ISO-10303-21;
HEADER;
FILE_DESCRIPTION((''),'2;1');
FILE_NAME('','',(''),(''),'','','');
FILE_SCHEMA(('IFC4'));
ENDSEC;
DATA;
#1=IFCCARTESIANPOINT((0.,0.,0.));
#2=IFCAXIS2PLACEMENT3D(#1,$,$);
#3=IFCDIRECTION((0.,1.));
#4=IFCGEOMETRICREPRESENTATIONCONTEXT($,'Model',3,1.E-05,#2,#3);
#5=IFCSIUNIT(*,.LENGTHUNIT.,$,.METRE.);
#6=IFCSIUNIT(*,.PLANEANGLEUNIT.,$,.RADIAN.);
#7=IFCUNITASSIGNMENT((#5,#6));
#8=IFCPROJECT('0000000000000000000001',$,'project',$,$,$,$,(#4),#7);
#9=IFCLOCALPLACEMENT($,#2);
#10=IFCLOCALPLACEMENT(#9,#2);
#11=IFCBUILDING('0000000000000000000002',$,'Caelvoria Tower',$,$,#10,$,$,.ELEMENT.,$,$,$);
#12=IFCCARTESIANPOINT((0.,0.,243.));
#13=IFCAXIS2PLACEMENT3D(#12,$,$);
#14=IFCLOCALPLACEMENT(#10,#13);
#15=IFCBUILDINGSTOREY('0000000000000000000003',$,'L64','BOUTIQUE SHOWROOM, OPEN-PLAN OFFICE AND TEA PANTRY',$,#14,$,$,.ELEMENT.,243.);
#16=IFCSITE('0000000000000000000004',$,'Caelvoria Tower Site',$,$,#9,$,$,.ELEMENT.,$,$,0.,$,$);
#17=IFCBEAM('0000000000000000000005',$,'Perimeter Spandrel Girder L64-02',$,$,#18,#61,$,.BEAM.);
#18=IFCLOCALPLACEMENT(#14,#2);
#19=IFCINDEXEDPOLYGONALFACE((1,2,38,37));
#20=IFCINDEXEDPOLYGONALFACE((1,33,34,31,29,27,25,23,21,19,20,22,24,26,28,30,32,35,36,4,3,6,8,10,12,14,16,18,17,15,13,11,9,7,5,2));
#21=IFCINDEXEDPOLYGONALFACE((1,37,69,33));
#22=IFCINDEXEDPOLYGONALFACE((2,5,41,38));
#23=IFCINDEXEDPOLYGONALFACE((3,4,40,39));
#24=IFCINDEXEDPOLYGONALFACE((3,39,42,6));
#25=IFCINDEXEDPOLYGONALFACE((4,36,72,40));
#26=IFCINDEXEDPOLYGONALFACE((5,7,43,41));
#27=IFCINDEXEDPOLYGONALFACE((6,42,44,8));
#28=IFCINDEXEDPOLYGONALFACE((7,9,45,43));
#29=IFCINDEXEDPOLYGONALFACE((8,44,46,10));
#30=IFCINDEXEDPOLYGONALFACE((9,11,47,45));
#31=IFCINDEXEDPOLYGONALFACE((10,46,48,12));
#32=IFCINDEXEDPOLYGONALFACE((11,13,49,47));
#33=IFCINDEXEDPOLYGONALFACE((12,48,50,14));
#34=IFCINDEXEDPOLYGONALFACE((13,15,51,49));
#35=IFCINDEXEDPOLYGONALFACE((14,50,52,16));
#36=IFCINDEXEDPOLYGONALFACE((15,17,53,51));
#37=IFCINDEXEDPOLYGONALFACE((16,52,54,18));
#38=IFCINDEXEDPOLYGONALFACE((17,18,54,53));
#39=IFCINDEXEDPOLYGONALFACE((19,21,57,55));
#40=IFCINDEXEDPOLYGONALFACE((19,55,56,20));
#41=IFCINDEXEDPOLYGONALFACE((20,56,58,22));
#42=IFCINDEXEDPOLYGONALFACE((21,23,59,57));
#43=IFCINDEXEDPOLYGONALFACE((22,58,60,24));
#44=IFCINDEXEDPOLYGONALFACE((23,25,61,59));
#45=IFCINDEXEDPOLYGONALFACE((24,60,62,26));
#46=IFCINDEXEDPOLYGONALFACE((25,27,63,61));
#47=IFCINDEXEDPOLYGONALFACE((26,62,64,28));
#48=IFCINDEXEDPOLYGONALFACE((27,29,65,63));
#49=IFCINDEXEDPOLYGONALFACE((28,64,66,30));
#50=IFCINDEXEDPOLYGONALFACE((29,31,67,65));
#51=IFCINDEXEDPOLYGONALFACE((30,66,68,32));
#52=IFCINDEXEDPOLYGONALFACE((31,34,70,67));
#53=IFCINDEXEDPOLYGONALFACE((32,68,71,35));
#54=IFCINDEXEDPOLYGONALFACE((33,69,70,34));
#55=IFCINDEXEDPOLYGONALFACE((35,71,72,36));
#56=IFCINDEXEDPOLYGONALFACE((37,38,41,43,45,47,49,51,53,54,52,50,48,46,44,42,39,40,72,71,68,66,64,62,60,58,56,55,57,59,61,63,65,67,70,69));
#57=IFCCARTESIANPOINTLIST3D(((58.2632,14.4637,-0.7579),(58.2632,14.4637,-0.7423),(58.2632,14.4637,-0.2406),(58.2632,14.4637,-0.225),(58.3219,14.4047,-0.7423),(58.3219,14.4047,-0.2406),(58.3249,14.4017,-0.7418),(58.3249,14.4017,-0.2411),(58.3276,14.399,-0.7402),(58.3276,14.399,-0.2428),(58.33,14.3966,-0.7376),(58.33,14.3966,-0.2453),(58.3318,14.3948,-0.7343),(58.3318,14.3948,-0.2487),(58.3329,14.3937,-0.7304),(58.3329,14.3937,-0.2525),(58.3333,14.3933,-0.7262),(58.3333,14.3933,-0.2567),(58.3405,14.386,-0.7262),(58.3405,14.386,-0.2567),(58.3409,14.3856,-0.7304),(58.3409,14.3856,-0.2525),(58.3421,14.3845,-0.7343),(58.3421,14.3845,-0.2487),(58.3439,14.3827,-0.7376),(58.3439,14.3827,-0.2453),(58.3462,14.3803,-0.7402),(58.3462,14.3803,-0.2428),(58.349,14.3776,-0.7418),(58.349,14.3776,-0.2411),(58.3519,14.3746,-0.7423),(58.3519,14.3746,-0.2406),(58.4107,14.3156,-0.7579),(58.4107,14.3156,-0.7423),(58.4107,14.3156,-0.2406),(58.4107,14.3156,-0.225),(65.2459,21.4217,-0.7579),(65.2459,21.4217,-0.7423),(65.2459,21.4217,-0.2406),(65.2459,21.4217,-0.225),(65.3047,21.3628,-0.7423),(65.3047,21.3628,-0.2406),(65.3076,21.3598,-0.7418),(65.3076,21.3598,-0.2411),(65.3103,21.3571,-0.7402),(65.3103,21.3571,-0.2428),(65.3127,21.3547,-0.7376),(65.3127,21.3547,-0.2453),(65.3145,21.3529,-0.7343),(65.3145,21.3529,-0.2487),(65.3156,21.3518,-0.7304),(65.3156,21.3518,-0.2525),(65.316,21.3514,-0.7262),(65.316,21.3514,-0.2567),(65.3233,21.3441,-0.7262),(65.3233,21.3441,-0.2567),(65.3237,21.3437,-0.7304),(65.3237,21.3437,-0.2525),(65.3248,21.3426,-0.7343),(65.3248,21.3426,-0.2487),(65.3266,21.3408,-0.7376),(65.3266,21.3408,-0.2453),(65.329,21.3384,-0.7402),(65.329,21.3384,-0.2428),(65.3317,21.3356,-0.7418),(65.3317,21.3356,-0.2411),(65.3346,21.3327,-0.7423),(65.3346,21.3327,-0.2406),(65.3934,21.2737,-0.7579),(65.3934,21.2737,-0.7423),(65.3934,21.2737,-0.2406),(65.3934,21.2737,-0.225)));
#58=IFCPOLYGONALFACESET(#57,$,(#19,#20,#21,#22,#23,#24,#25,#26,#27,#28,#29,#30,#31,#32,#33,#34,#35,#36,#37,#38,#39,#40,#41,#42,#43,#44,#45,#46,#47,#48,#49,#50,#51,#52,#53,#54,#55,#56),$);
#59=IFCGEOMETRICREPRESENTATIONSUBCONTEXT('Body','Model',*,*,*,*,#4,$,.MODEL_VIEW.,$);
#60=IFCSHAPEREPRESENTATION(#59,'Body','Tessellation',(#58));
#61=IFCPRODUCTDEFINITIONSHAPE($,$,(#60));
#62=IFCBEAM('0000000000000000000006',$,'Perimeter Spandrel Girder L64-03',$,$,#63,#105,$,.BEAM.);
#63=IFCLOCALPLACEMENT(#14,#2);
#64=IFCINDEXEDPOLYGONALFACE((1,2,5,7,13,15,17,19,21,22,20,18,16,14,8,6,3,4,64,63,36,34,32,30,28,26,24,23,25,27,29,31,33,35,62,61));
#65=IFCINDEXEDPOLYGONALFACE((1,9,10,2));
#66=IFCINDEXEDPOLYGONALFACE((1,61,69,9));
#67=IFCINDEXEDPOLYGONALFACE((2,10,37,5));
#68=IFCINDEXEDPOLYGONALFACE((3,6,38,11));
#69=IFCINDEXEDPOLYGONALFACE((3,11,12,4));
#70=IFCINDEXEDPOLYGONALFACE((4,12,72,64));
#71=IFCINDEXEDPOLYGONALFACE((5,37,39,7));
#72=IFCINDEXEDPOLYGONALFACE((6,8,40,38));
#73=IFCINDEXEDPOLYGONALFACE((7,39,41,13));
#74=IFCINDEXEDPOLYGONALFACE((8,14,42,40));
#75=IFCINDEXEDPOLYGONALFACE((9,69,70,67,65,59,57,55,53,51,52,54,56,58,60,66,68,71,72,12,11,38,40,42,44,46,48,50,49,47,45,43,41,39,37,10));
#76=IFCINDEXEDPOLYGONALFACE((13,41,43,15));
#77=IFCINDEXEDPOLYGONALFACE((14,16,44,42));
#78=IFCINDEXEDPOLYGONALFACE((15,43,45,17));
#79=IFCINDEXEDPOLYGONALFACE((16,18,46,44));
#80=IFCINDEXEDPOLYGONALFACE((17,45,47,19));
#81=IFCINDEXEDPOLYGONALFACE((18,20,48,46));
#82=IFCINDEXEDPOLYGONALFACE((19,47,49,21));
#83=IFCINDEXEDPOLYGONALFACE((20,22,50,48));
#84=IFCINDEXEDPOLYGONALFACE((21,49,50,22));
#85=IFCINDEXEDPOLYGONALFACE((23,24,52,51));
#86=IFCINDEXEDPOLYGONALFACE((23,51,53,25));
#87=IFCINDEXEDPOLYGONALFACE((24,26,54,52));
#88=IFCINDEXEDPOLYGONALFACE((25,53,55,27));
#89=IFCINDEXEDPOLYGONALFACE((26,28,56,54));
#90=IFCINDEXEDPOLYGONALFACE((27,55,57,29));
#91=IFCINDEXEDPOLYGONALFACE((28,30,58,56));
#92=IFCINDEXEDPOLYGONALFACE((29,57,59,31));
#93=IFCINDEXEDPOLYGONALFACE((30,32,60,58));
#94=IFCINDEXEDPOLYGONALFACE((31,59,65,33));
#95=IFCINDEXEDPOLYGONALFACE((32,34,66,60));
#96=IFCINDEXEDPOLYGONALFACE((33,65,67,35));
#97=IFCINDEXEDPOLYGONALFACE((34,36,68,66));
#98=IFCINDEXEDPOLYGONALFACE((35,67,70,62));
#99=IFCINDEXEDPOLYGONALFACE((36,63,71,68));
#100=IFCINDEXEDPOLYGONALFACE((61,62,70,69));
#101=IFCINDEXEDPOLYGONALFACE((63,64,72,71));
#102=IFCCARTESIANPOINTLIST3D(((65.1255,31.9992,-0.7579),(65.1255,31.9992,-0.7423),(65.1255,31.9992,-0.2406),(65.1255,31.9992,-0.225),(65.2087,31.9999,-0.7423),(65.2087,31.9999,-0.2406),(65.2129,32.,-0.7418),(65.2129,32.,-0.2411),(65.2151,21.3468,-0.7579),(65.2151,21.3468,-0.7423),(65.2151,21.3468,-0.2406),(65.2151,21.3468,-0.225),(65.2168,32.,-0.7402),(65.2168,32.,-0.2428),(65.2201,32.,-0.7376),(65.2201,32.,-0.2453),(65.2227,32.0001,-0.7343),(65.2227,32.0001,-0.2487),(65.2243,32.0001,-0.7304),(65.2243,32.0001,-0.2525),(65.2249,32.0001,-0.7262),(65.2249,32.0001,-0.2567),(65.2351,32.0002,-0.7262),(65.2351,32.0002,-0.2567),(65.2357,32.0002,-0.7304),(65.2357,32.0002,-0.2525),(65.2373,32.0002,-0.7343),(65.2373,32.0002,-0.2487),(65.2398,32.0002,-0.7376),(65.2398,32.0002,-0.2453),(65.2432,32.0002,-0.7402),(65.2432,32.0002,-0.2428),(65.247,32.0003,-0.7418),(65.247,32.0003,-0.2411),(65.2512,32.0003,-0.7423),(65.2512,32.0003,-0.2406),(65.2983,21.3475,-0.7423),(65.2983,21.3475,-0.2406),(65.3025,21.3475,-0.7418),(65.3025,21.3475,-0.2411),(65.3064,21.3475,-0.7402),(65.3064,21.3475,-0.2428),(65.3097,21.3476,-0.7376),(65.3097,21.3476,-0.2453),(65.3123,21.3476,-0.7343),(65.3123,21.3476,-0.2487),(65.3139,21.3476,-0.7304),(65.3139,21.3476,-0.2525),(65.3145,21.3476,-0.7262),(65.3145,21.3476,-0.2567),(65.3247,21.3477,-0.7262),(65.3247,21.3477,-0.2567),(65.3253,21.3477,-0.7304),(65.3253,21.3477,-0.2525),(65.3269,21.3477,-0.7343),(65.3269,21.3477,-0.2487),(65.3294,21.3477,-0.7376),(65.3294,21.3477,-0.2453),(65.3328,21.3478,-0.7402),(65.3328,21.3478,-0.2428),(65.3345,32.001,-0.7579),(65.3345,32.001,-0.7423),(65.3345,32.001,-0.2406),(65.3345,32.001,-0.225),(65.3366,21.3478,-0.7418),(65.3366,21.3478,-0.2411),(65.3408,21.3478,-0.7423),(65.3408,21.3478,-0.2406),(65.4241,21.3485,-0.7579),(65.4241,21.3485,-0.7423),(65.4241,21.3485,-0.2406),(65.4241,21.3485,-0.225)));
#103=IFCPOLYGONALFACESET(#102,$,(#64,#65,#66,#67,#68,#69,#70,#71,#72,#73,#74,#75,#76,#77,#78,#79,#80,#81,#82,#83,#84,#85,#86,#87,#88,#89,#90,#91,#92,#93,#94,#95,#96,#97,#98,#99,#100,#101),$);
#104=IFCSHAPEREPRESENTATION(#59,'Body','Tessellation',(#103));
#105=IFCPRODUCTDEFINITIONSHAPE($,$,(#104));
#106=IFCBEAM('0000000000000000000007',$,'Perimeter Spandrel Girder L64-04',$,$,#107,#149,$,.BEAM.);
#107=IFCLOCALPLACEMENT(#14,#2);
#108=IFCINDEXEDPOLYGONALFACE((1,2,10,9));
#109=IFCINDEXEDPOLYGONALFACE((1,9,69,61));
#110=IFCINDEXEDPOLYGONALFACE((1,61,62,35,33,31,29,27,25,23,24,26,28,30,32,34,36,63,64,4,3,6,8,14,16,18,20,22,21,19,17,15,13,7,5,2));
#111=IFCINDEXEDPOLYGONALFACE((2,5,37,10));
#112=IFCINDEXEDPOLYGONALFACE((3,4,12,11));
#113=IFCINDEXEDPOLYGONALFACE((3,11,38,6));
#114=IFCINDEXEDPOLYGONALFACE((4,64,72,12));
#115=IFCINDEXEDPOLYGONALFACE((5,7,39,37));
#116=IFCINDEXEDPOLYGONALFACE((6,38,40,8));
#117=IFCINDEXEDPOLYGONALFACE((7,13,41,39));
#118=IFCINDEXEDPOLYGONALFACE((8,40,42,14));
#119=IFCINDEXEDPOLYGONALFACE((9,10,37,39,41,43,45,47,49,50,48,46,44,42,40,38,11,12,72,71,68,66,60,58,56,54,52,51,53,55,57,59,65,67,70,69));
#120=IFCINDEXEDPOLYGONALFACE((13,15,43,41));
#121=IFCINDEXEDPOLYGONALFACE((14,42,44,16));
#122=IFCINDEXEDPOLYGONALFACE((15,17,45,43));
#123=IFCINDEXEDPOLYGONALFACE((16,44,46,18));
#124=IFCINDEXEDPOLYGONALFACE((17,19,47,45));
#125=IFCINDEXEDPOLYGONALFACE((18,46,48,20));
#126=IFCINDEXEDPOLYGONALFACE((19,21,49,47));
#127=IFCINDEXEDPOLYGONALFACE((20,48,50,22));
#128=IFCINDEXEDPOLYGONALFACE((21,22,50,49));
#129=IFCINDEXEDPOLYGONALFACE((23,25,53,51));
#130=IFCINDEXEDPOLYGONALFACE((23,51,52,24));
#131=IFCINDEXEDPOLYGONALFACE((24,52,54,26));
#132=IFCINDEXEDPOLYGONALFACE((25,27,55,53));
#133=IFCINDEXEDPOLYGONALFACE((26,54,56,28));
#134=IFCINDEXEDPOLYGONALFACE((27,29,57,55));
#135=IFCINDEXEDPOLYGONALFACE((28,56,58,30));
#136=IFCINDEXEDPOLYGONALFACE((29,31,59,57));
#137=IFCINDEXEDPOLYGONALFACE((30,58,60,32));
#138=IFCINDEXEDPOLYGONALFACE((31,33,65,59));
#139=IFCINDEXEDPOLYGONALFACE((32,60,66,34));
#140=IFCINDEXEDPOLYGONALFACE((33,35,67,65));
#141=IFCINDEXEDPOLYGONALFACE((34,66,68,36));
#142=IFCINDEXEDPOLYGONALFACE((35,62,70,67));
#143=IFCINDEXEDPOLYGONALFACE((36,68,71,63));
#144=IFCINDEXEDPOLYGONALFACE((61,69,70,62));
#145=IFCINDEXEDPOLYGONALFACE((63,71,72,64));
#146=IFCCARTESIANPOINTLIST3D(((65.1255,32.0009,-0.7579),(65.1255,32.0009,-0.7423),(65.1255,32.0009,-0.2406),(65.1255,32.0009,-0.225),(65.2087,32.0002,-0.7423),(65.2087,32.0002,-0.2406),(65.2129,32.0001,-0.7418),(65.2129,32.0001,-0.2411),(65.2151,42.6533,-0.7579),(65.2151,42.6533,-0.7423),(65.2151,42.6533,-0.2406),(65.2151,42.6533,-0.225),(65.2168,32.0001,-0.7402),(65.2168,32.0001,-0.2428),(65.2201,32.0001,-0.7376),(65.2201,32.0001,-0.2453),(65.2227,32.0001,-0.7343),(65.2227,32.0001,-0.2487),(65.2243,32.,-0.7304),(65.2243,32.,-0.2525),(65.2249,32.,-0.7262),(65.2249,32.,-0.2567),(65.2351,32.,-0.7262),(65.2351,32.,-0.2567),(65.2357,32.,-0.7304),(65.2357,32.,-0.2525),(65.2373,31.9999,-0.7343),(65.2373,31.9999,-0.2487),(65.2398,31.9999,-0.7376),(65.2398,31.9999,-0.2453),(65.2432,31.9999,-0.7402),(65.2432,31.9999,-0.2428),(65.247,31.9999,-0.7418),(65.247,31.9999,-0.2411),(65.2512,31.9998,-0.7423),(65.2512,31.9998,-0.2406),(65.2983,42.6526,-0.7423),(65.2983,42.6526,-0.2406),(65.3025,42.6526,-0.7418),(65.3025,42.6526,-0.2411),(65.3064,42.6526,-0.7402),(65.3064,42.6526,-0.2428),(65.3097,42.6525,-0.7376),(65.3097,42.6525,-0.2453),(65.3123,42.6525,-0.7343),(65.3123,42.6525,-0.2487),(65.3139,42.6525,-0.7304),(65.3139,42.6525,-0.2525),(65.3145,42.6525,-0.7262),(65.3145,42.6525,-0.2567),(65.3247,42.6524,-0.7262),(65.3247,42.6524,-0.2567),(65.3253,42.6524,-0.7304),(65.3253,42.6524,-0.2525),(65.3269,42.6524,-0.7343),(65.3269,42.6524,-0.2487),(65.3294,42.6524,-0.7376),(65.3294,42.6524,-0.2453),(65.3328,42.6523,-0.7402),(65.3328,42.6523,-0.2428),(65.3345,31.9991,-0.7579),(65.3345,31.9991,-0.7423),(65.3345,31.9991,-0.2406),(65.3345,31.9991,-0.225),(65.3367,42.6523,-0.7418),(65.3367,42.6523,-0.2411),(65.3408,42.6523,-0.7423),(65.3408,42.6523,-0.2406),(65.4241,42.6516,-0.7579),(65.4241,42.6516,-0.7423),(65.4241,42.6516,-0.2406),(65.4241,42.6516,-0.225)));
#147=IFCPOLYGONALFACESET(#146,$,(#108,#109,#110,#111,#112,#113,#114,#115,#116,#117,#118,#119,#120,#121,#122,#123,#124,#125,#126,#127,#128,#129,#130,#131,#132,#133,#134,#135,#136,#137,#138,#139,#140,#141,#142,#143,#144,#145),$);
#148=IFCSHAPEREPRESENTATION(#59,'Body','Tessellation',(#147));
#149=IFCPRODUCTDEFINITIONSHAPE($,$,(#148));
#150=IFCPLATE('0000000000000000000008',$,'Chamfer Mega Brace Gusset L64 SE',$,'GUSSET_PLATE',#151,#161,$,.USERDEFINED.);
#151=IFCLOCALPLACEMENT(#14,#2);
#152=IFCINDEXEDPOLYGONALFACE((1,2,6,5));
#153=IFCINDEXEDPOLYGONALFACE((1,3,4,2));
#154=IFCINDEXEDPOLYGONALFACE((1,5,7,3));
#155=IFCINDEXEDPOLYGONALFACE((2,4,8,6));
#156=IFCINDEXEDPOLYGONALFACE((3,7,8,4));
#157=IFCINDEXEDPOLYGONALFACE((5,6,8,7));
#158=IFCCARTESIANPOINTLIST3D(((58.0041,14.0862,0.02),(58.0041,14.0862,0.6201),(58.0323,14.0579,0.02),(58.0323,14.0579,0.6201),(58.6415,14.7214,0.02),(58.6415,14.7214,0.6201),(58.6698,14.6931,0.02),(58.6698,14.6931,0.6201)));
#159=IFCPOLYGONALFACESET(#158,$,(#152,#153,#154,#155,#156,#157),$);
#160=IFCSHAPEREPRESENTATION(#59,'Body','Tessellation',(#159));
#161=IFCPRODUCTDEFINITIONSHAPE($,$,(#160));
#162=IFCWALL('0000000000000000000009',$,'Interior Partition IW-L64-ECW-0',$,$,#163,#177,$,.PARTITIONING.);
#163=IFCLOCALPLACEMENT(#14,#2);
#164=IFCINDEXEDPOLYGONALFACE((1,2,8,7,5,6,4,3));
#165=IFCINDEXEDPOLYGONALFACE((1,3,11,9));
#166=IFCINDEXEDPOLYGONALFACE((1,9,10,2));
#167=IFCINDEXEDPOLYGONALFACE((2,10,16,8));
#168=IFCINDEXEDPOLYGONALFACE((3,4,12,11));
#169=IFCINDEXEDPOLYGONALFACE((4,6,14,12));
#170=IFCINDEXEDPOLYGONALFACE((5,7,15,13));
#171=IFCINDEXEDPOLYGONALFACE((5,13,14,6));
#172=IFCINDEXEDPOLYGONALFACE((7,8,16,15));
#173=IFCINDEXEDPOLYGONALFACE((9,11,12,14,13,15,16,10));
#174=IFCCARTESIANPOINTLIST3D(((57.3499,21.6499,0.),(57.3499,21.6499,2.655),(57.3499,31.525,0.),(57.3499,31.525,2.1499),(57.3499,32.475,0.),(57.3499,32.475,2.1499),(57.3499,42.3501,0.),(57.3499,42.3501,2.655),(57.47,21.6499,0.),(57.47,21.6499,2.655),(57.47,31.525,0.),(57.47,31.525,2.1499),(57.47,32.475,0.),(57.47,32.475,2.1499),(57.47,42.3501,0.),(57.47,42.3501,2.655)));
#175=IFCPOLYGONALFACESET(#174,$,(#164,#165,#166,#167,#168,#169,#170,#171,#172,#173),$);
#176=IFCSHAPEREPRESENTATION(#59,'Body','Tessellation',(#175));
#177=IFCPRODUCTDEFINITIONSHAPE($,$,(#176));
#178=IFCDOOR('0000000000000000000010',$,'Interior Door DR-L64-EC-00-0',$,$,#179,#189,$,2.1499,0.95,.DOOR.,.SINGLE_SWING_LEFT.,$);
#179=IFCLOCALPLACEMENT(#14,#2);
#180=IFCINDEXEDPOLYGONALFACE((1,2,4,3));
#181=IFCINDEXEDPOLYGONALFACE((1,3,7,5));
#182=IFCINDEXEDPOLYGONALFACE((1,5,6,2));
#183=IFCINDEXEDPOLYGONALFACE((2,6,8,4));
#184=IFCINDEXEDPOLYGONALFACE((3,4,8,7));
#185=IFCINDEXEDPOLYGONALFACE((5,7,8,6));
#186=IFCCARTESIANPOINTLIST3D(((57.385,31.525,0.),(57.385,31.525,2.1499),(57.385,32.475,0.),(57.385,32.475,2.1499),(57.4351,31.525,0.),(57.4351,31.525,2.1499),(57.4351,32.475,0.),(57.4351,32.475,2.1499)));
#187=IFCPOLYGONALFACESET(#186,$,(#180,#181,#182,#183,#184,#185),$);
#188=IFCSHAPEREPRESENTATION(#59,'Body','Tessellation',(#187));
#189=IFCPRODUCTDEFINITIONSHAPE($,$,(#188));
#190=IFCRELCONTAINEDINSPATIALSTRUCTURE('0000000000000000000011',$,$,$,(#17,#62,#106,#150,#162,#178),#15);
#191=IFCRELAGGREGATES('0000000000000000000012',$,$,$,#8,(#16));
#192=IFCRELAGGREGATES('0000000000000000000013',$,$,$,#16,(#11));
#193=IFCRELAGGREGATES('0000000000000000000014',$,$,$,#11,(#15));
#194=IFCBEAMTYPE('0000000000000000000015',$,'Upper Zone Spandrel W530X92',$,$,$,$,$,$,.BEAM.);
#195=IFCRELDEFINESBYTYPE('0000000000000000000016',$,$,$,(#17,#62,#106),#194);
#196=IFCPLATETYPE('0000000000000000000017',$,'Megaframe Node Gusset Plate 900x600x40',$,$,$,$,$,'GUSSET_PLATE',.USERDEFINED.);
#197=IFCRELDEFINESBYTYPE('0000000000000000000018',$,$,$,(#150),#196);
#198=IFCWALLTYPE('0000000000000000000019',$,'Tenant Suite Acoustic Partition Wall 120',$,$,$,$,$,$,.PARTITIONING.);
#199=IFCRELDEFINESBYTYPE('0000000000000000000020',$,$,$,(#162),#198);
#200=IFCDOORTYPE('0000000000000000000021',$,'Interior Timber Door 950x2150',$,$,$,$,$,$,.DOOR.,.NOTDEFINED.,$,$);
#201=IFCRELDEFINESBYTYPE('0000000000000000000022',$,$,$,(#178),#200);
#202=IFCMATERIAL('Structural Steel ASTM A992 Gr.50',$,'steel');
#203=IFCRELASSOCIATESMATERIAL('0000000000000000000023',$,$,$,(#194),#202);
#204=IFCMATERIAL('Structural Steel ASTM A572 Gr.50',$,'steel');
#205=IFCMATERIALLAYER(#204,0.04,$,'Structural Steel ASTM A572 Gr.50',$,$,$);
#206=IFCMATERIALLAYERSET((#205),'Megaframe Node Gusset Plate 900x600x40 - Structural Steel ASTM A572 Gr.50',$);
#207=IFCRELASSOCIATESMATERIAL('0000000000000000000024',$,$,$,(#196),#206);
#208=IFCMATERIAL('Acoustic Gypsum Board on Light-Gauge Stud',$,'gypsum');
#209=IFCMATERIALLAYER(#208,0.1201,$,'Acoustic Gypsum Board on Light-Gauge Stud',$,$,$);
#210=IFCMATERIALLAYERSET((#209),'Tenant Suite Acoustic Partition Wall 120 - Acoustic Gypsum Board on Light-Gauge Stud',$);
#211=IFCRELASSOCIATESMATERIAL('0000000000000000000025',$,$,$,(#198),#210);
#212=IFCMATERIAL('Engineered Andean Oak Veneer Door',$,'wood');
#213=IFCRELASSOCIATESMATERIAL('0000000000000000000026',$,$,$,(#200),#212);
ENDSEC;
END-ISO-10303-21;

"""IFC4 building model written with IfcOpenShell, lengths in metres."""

from ifc_helpers import new_model, si_unit, direction, frame, frame_2d, origin, origin_2d, place, context, subcontext, project, spatial, rectangle, i_section, extrude, material, layer, layer_set, material_profile, profile_set, type_object, element, fill, save


model = new_model("IFC4")

# Units and contexts
model_context = context("Model", 3, precision=1e-05, world=origin(), true_north=direction((0.0, 1.0)))
body_context = subcontext(model_context, "Body", "Model", "MODEL_VIEW")
ifc_project = project(units=[si_unit("LENGTHUNIT", "METRE"), si_unit("PLANEANGLEUNIT", "RADIAN")], contexts=[model_context])

# Site, building, storey
site_placement = place(None, origin())
site = spatial("IfcSite", under=ifc_project, at=site_placement, Name="Caelvoria Tower Site", CompositionType="ELEMENT", RefElevation=0.0)
building_placement = place(site_placement, origin())
building = spatial("IfcBuilding", under=site, at=building_placement, Name="Caelvoria Tower", CompositionType="ELEMENT")
storey_placement = place(building_placement, frame((0.0, 0.0, 243.0)))
storey = spatial("IfcBuildingStorey", under=building, at=storey_placement, Name="L64", Description="BOUTIQUE SHOWROOM, OPEN-PLAN OFFICE AND TEA PANTRY", CompositionType="ELEMENT", Elevation=243.0)

# Shared definitions
ifc_material_1 = material(Name="Structural Steel ASTM A572 Gr.50", Category="steel")
ifc_material_2 = material(Name="Structural Steel ASTM A992 Gr.50", Category="steel")

# Beams
ifc_material_profile_1 = material_profile(ifc_material_2, i_section(OverallWidth=0.209, OverallDepth=0.533, WebThickness=0.0103, FlangeThickness=0.0156, FilletRadius=0.0161, at=origin_2d()), Name="Structural Steel ASTM A992 Gr.50")
ifc_profile_set_1 = profile_set([ifc_material_profile_1], Name="W530X92 - Structural Steel ASTM A992 Gr.50")
beam_type_1 = type_object("IfcBeamType", Name="Upper Zone Spandrel W530X92", PredefinedType="BEAM", material=ifc_profile_set_1)
beam_1_placement = place(storey_placement, frame((58.3369, 14.3896, -0.4915), z_axis=(0.708356, 0.705855, 0.0), x_axis=(-0.705855, 0.708356, 0.0)))
element("IfcBeam", 1, at=beam_1_placement, inside=storey, type_object=beam_type_1, Name="Perimeter Spandrel Girder L64-02", PredefinedType="BEAM", context=body_context, shape_type="SweptSolid", body=[
    extrude(i_section(OverallWidth=0.209, OverallDepth=0.533, WebThickness=0.0103, FlangeThickness=0.0156, FilletRadius=0.0161, at=origin_2d()), origin(), (0.0, 0.0, 1.0), 9.8577),
])
for number, where, z_axis, x_axis, name in (
    (2, (65.3196, 21.3477, -0.4915), (-0.008411, 0.999965, 0.0), (-0.999965, -0.008411, 0.0), "Perimeter Spandrel Girder L64-03"),
    (3, (65.23, 32.0, -0.4915), (0.008411, 0.999965, 0.0), (-0.999965, 0.008411, 0.0), "Perimeter Spandrel Girder L64-04"),
):
    element("IfcBeam", number, at=place(storey_placement, frame(where, z_axis=z_axis, x_axis=x_axis)), inside=storey, type_object=beam_type_1, Name=name, PredefinedType="BEAM", context=body_context, shape_type="SweptSolid", body=[
        extrude(i_section(OverallWidth=0.209, OverallDepth=0.533, WebThickness=0.0103, FlangeThickness=0.0156, FilletRadius=0.0161, at=origin_2d()), origin(), (0.0, 0.0, 1.0), 10.6528),
    ])

# Plate
ifc_layer_1 = layer(ifc_material_1, 0.04, Name="Structural Steel ASTM A572 Gr.50")
ifc_layer_set_1 = layer_set([ifc_layer_1], Name="Megaframe Node Gusset Plate 900x600x40 - Structural Steel ASTM A572 Gr.50")
plate_type = type_object("IfcPlateType", Name="Megaframe Node Gusset Plate 900x600x40", ElementType="GUSSET_PLATE", PredefinedType="USERDEFINED", material=ifc_layer_set_1)
plate_placement = place(storey_placement, frame((58.3369, 14.3896, 0.02), z_axis=(0.0, 0.0, 1.0), x_axis=(0.708358, 0.705853, 0.0)))
element("IfcPlate", 4, at=plate_placement, inside=storey, type_object=plate_type, Name="Chamfer Mega Brace Gusset L64 SE", ObjectType="GUSSET_PLATE", PredefinedType="USERDEFINED", context=body_context, shape_type="SweptSolid", body=[
    extrude(rectangle(XDim=0.8999, YDim=0.04, at=origin_2d()), origin(), (0.0, 0.0, 1.0), 0.6001),
])

# Wall, opening, door
ifc_material_3 = material(Name="Acoustic Gypsum Board on Light-Gauge Stud", Category="gypsum")
ifc_layer_2 = layer(ifc_material_3, 0.1201, Name="Acoustic Gypsum Board on Light-Gauge Stud")
ifc_layer_set_2 = layer_set([ifc_layer_2], Name="Tenant Suite Acoustic Partition Wall 120 - Acoustic Gypsum Board on Light-Gauge Stud")
wall_type_1 = type_object("IfcWallType", Name="Tenant Suite Acoustic Partition Wall 120", PredefinedType="PARTITIONING", material=ifc_layer_set_2)
wall_1_placement = place(storey_placement, frame((57.4099, 21.6499, 0.0), z_axis=(0.0, 0.0, 1.0), x_axis=(0.0, 1.0, 0.0)))
wall_1 = element("IfcWall", 5, at=wall_1_placement, inside=storey, type_object=wall_type_1, Name="Interior Partition IW-L64-ECW-0", PredefinedType="PARTITIONING", context=body_context, shape_type="SweptSolid", body=[
    extrude(rectangle(XDim=20.7002, YDim=0.1201, at=frame_2d((10.3501, 0.0))), origin(), (0.0, 0.0, 1.0), 2.655),
])
opening_1_placement = place(wall_1_placement, frame((9.875, 0.0, 0.0)))
opening_1 = element("IfcOpeningElement", 6, at=opening_1_placement, cuts=wall_1, PredefinedType="OPENING", context=body_context, shape_type="SweptSolid", body=[
    extrude(rectangle(XDim=0.95, YDim=2.1499, at=frame_2d((0.4751, 1.075))), frame((0.0, 0.0701, 0.0), z_axis=(0.0, -1.0, 0.0), x_axis=(1.0, 0.0, 0.0)), (0.0, 0.0, 1.0), 0.1401),
])
ifc_material_4 = material(Name="Engineered Andean Oak Veneer Door", Category="wood")
door_type = type_object("IfcDoorType", Name="Interior Timber Door 950x2150", OperationType="NOTDEFINED", PredefinedType="DOOR", material=ifc_material_4)
door_placement = place(opening_1_placement, origin())
door = element("IfcDoor", 7, at=door_placement, inside=storey, type_object=door_type, Name="Interior Door DR-L64-EC-00-0", OperationType="SINGLE_SWING_LEFT", OverallHeight=2.1499, OverallWidth=0.95, PredefinedType="DOOR", context=body_context, shape_type="SweptSolid", body=[
    extrude(rectangle(XDim=0.95, YDim=2.1499, at=frame_2d((0.4751, 1.075))), frame((0.0, 0.0249, 0.0), z_axis=(0.0, -1.0, 0.0), x_axis=(1.0, 0.0, 0.0)), (0.0, 0.0, 1.0), 0.05),
])
fill(opening_1, door)

save(model, "model.ifc")
